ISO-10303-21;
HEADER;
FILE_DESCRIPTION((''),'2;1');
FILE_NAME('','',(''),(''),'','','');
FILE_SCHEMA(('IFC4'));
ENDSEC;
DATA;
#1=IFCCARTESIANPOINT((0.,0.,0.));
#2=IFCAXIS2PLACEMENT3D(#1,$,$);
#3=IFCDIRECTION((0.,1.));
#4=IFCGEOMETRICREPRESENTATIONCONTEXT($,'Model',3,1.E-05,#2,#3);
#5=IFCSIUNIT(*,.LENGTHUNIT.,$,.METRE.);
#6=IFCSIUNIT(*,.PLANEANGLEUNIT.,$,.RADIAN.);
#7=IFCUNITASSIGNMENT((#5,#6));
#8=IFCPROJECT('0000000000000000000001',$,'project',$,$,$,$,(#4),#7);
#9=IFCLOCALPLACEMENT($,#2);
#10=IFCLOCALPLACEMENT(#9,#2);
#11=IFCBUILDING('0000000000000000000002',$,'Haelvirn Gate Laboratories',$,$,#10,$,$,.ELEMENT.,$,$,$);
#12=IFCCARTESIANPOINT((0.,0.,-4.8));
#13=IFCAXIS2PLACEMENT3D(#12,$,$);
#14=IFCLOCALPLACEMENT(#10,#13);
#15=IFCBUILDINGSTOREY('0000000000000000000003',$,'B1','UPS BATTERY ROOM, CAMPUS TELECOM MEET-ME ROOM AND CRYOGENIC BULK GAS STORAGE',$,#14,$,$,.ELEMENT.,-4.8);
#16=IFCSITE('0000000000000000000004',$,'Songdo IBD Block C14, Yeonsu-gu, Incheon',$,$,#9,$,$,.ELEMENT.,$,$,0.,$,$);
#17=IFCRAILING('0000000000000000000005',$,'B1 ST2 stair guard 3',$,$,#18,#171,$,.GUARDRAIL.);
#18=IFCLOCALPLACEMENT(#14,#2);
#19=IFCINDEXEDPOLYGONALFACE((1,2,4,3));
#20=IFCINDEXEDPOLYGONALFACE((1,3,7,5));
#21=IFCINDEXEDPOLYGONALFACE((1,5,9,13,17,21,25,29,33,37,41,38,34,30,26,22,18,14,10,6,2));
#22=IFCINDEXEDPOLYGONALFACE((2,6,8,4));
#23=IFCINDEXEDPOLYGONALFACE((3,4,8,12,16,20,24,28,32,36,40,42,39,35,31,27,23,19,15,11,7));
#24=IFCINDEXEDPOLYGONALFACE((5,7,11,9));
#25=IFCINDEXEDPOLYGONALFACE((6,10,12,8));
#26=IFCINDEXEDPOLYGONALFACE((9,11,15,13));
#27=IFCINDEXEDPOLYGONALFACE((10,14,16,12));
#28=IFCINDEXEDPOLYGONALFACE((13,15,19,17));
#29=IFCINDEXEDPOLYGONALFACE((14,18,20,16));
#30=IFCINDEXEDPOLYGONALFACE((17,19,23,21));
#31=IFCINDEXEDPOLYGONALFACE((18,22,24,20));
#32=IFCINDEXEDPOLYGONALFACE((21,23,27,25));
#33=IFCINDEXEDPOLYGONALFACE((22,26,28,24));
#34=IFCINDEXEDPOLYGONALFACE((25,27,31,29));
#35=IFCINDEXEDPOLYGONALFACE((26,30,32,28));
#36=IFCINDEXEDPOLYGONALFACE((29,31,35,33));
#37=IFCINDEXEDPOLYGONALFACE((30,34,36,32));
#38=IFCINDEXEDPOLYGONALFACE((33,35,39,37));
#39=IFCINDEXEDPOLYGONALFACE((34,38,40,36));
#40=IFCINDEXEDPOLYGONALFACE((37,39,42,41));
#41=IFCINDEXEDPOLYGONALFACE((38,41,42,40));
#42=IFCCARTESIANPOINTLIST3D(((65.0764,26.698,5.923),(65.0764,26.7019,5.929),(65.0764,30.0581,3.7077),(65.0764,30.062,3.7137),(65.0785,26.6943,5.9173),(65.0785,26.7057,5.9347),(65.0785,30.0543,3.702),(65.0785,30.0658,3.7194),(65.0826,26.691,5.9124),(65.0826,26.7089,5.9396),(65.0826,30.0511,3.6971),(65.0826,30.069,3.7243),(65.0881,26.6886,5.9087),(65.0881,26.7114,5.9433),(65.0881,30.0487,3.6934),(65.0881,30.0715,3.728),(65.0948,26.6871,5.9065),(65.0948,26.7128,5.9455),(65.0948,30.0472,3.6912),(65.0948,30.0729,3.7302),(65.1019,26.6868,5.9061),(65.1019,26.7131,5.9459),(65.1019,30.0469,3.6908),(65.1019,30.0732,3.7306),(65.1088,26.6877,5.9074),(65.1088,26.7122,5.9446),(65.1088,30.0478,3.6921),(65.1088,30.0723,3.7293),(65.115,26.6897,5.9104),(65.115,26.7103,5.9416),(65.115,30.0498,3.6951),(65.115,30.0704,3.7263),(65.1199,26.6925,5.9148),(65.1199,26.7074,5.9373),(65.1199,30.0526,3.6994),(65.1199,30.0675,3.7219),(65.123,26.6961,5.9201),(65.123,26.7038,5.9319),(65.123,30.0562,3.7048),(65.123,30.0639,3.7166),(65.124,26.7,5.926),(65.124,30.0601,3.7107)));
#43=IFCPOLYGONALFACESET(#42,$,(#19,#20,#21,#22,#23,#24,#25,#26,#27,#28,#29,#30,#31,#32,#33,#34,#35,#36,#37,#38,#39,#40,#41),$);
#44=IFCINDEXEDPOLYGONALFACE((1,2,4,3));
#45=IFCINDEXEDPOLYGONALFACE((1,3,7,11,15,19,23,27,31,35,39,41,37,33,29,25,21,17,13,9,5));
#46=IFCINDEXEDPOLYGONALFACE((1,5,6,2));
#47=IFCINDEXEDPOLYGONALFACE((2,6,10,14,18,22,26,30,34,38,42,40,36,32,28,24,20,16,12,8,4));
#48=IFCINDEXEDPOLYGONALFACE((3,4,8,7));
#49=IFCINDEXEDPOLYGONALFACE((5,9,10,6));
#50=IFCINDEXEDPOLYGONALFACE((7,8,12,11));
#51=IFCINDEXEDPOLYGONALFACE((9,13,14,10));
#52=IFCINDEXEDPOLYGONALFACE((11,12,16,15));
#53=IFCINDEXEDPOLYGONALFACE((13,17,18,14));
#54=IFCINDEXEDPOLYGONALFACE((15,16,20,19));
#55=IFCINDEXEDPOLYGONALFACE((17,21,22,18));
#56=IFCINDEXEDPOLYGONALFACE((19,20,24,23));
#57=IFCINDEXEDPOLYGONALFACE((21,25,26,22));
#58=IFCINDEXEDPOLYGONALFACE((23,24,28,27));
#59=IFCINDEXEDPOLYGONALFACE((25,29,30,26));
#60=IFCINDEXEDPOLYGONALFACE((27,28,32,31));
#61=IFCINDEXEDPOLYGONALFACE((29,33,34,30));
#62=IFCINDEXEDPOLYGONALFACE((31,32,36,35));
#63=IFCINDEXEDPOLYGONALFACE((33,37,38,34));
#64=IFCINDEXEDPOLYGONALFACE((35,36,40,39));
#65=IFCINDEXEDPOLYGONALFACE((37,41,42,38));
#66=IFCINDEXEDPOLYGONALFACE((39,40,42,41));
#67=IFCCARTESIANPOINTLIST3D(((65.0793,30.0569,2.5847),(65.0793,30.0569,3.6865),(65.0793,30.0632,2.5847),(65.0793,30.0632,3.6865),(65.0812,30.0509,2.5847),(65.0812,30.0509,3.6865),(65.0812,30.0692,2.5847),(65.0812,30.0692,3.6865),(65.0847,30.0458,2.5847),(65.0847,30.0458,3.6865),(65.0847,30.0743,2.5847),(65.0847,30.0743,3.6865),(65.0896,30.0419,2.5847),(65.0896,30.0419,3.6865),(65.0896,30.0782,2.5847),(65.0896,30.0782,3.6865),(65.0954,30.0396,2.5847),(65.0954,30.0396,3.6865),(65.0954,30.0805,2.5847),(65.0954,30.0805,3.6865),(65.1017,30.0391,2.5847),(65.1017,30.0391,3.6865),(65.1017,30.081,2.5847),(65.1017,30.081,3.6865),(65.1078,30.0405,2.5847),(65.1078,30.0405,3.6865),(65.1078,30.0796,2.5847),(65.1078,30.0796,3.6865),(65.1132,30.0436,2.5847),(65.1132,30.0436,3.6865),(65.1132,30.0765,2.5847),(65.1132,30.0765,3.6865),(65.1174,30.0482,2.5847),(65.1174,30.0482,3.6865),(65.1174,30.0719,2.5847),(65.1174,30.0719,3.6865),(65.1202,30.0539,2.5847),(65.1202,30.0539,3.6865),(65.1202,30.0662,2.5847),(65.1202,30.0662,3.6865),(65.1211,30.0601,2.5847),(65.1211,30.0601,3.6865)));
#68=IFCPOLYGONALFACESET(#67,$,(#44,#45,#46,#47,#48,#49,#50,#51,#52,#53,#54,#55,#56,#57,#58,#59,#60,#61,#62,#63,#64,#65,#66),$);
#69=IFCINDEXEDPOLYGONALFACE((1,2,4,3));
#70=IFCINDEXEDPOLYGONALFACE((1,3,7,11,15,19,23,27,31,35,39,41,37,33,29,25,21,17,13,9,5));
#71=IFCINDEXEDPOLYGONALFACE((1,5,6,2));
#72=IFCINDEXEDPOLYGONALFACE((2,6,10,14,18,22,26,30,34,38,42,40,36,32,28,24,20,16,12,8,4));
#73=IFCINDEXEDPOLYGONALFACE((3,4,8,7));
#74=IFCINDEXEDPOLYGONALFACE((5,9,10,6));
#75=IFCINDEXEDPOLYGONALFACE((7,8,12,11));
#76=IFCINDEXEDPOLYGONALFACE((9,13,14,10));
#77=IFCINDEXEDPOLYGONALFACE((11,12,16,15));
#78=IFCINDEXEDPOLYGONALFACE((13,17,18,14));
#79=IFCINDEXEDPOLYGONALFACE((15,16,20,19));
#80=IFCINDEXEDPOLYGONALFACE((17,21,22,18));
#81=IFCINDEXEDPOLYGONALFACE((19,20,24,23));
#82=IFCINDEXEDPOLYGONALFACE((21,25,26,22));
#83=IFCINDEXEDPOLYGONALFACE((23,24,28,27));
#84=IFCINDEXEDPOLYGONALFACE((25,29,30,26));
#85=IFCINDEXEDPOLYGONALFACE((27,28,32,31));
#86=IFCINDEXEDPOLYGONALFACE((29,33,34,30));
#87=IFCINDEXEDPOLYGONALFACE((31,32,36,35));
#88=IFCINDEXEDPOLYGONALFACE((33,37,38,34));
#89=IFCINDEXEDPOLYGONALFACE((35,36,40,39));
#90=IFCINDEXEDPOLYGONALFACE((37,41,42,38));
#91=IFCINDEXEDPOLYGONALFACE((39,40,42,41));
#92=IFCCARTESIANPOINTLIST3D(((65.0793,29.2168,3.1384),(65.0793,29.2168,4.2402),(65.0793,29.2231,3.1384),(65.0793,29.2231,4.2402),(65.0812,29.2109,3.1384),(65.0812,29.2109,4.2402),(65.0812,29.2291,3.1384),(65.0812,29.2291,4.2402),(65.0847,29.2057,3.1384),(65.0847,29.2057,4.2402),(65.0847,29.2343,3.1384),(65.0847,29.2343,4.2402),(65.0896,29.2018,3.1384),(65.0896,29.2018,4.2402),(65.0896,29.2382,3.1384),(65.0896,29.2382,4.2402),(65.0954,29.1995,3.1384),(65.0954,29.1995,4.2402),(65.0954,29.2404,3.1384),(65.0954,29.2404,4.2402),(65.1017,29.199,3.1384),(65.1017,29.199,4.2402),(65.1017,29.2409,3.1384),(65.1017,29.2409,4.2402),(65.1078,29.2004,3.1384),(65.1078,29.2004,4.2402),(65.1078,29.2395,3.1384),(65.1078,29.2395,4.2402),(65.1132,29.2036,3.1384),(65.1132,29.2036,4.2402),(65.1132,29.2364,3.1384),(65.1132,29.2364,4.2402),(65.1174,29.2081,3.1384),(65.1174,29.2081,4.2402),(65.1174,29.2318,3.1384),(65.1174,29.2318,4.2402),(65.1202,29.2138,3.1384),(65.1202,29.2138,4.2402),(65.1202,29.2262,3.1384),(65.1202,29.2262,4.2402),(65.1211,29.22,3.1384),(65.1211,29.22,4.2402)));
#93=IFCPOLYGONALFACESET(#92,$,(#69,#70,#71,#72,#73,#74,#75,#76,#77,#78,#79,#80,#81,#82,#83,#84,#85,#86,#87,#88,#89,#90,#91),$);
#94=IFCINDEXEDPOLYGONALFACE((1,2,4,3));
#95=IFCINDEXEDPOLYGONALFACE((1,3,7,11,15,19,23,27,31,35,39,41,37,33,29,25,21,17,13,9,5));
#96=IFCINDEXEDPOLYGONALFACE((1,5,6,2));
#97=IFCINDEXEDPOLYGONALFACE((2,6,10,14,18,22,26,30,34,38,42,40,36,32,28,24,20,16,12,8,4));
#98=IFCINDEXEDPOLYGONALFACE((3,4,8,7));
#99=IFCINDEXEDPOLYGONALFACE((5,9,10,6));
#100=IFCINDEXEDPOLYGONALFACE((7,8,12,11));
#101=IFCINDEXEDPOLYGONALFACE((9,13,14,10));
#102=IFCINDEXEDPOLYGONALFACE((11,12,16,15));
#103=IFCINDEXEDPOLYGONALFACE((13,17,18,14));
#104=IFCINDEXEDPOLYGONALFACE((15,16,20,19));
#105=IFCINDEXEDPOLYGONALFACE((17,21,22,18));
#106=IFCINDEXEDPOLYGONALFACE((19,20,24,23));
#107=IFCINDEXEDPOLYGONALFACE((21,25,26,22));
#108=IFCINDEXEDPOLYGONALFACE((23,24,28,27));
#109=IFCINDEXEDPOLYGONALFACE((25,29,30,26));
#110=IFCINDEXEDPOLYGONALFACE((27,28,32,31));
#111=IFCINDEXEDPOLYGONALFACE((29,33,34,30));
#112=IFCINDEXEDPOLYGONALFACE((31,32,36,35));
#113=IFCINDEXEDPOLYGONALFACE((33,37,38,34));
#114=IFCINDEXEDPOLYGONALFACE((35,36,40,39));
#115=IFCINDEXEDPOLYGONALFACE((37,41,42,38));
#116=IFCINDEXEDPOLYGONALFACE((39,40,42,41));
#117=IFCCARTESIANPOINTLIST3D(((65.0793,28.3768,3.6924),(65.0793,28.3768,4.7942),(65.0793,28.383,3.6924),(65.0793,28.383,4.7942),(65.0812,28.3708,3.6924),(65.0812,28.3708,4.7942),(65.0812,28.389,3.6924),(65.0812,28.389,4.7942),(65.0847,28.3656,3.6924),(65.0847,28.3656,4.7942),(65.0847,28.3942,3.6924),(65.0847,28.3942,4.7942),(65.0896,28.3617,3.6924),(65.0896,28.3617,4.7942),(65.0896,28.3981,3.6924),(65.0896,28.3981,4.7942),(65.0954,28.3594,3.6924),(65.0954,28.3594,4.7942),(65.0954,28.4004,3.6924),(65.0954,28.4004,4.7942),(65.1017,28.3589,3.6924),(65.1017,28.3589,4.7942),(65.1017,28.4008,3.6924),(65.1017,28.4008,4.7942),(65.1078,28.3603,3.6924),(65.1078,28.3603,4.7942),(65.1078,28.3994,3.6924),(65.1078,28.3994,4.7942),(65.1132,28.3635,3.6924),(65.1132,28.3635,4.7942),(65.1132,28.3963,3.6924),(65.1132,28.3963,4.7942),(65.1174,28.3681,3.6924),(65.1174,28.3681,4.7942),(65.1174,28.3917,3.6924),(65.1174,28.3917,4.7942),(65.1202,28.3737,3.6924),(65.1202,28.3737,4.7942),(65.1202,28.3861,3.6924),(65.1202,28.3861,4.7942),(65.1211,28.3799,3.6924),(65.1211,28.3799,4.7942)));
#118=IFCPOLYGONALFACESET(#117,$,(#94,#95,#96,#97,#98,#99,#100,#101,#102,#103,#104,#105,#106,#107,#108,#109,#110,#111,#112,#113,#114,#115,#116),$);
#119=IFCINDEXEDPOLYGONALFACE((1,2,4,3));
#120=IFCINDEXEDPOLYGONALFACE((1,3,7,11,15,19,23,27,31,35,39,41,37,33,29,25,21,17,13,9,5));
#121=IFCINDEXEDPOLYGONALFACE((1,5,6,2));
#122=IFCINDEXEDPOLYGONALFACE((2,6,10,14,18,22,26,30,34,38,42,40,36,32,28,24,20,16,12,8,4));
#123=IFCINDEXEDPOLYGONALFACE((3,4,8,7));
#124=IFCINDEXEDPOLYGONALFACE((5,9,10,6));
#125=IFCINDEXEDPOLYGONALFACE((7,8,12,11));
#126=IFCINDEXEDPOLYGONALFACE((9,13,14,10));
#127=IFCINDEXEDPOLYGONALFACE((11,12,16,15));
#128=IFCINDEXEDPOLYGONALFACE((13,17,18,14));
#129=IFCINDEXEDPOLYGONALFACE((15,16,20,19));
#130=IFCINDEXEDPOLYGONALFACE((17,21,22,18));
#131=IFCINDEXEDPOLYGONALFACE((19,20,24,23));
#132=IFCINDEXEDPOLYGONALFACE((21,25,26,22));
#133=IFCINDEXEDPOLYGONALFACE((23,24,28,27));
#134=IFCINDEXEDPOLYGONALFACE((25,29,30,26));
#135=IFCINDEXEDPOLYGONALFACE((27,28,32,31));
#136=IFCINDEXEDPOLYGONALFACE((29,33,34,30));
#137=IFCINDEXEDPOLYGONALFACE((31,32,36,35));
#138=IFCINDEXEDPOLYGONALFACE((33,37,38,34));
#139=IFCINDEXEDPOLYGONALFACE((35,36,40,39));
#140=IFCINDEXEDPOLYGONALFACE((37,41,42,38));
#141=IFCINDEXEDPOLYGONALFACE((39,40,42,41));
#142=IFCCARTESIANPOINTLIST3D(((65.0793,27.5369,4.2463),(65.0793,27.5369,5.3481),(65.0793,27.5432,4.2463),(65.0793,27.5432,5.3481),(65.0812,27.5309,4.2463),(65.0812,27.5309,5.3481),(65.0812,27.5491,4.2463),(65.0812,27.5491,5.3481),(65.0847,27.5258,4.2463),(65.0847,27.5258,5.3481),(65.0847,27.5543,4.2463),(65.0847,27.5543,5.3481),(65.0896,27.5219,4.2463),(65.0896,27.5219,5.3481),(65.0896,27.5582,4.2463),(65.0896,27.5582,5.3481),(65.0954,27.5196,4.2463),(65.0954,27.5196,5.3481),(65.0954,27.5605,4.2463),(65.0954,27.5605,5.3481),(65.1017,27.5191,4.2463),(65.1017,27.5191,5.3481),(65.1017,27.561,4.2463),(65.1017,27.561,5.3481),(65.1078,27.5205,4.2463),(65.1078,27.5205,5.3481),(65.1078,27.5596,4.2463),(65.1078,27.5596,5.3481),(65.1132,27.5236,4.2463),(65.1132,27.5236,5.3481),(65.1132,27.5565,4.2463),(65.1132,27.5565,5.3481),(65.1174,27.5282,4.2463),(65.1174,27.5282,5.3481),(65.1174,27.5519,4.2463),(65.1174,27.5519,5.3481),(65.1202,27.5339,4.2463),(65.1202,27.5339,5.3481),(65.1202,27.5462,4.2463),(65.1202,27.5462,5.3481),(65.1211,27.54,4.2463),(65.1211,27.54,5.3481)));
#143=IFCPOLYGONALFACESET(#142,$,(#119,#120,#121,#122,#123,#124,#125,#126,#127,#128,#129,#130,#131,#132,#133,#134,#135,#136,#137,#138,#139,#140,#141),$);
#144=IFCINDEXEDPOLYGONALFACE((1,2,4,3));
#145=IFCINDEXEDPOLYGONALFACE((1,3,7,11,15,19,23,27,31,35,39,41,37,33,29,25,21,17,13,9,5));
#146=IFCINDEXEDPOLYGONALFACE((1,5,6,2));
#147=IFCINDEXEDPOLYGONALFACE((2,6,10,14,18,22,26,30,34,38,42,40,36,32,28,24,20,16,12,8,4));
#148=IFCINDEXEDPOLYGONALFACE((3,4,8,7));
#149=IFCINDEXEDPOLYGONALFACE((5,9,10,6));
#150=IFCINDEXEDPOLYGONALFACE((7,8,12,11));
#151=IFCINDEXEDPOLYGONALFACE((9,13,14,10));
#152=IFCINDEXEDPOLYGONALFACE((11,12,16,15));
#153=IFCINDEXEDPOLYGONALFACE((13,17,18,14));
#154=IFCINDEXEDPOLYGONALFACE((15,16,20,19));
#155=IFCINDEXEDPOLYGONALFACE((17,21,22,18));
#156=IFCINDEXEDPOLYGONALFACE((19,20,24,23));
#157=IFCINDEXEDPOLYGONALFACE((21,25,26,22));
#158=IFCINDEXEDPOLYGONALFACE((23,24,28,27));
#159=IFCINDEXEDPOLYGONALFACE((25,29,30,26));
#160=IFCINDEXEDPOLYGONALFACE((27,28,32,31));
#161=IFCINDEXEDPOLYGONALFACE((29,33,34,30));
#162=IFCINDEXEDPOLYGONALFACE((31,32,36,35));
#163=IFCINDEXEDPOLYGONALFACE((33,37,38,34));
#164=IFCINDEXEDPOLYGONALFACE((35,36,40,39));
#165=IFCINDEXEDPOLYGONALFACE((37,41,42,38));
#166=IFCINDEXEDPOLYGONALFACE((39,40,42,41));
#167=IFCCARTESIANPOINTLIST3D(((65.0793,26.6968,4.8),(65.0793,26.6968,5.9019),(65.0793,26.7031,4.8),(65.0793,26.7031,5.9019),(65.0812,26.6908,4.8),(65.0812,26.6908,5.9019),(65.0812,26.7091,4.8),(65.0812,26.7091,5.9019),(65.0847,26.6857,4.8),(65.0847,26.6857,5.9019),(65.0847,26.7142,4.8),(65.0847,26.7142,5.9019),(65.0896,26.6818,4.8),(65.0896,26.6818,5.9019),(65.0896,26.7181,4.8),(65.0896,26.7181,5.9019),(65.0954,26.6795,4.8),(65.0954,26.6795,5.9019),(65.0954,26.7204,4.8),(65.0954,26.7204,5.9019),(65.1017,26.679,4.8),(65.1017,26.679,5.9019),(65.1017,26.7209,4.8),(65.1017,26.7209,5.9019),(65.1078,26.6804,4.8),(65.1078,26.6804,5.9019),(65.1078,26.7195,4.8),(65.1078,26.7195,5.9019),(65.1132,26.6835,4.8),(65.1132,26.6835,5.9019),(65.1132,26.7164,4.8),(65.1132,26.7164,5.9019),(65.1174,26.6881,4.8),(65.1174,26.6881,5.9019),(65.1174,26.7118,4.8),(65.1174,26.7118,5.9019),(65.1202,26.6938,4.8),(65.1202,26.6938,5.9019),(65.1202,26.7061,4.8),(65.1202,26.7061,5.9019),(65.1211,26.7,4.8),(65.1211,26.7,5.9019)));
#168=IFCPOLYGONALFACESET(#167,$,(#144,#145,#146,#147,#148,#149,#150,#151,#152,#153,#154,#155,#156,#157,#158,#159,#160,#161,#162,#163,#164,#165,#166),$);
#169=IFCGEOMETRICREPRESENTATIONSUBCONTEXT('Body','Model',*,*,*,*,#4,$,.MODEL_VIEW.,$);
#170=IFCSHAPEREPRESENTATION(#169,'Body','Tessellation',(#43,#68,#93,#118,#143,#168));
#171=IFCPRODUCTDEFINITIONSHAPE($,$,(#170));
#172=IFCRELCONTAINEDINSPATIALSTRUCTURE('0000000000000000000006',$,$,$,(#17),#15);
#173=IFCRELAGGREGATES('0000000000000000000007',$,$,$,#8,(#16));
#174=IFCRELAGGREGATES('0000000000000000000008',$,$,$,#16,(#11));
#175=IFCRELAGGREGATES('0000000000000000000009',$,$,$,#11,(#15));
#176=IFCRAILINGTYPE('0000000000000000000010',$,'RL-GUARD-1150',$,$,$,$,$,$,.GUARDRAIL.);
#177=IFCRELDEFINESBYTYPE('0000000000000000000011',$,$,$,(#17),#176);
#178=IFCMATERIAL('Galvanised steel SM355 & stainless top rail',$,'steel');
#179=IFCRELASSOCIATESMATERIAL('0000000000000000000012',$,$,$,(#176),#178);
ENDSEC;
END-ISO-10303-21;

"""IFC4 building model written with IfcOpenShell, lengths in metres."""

from ifc_helpers import new_model, si_unit, direction, frame, origin, origin_2d, place, context, subcontext, project, spatial, circle, extrude, source, transform, mapped, material, type_object, element, save


model = new_model("IFC4")

# Units and contexts
model_context = context("Model", 3, precision=1e-05, world=origin(), true_north=direction((0.0, 1.0)))
body_context = subcontext(model_context, "Body", "Model", "MODEL_VIEW")
ifc_project = project(units=[si_unit("LENGTHUNIT", "METRE"), si_unit("PLANEANGLEUNIT", "RADIAN")], contexts=[model_context])

# Site, building, storey
site_placement = place(None, origin())
site = spatial("IfcSite", under=ifc_project, at=site_placement, Name="Songdo IBD Block C14, Yeonsu-gu, Incheon", CompositionType="ELEMENT", RefElevation=0.0)
building_placement = place(site_placement, origin())
building = spatial("IfcBuilding", under=site, at=building_placement, Name="Haelvirn Gate Laboratories", CompositionType="ELEMENT")
storey_placement = place(building_placement, frame((0.0, 0.0, -4.8)))
storey = spatial("IfcBuildingStorey", under=building, at=storey_placement, Name="B1", Description="UPS BATTERY ROOM, CAMPUS TELECOM MEET-ME ROOM AND CRYOGENIC BULK GAS STORAGE", CompositionType="ELEMENT", Elevation=-4.8)

# Railing
ifc_material_1 = material(Name="Galvanised steel SM355 & stainless top rail", Category="steel")
railing_type_1 = type_object("IfcRailingType", Name="RL-GUARD-1150", PredefinedType="GUARDRAIL", material=ifc_material_1)
shared_shape_1 = source(origin(), body_context, "Body", "SweptSolid", [
    extrude(circle(Radius=0.0239, at=origin_2d()), frame((0.0, 0.0, 1.126), z_axis=(0.0, -0.834876, 0.550437), x_axis=(1.0, 0.0, 0.0)), (0.0, 0.0, 1.0), 4.0247),
    extrude(circle(Radius=0.021, at=origin_2d()), origin(), (0.0, 0.0, 1.0), 1.1018),
    extrude(circle(Radius=0.021, at=origin_2d()), frame((0.0, -0.8401, 0.5537)), (0.0, 0.0, 1.0), 1.1018),
    extrude(circle(Radius=0.021, at=origin_2d()), frame((0.0, -1.6802, 1.1077)), (0.0, 0.0, 1.0), 1.1018),
    extrude(circle(Radius=0.021, at=origin_2d()), frame((0.0, -2.52, 1.6616)), (0.0, 0.0, 1.0), 1.1018),
    extrude(circle(Radius=0.021, at=origin_2d()), frame((0.0, -3.3601, 2.2153)), (0.0, 0.0, 1.0), 1.1018),
])
railing_1_placement = place(storey_placement, frame((65.1001, 30.0601, 2.5847)))
element("IfcRailing", 1, at=railing_1_placement, inside=storey, type_object=railing_type_1, Name="B1 ST2 stair guard 3", PredefinedType="GUARDRAIL", context=body_context, shape_type="MappedRepresentation", body=[
    mapped(shared_shape_1, transform((0.0, 0.0, 0.0), scale=1.0)),
])

save(model, "model.ifc")
